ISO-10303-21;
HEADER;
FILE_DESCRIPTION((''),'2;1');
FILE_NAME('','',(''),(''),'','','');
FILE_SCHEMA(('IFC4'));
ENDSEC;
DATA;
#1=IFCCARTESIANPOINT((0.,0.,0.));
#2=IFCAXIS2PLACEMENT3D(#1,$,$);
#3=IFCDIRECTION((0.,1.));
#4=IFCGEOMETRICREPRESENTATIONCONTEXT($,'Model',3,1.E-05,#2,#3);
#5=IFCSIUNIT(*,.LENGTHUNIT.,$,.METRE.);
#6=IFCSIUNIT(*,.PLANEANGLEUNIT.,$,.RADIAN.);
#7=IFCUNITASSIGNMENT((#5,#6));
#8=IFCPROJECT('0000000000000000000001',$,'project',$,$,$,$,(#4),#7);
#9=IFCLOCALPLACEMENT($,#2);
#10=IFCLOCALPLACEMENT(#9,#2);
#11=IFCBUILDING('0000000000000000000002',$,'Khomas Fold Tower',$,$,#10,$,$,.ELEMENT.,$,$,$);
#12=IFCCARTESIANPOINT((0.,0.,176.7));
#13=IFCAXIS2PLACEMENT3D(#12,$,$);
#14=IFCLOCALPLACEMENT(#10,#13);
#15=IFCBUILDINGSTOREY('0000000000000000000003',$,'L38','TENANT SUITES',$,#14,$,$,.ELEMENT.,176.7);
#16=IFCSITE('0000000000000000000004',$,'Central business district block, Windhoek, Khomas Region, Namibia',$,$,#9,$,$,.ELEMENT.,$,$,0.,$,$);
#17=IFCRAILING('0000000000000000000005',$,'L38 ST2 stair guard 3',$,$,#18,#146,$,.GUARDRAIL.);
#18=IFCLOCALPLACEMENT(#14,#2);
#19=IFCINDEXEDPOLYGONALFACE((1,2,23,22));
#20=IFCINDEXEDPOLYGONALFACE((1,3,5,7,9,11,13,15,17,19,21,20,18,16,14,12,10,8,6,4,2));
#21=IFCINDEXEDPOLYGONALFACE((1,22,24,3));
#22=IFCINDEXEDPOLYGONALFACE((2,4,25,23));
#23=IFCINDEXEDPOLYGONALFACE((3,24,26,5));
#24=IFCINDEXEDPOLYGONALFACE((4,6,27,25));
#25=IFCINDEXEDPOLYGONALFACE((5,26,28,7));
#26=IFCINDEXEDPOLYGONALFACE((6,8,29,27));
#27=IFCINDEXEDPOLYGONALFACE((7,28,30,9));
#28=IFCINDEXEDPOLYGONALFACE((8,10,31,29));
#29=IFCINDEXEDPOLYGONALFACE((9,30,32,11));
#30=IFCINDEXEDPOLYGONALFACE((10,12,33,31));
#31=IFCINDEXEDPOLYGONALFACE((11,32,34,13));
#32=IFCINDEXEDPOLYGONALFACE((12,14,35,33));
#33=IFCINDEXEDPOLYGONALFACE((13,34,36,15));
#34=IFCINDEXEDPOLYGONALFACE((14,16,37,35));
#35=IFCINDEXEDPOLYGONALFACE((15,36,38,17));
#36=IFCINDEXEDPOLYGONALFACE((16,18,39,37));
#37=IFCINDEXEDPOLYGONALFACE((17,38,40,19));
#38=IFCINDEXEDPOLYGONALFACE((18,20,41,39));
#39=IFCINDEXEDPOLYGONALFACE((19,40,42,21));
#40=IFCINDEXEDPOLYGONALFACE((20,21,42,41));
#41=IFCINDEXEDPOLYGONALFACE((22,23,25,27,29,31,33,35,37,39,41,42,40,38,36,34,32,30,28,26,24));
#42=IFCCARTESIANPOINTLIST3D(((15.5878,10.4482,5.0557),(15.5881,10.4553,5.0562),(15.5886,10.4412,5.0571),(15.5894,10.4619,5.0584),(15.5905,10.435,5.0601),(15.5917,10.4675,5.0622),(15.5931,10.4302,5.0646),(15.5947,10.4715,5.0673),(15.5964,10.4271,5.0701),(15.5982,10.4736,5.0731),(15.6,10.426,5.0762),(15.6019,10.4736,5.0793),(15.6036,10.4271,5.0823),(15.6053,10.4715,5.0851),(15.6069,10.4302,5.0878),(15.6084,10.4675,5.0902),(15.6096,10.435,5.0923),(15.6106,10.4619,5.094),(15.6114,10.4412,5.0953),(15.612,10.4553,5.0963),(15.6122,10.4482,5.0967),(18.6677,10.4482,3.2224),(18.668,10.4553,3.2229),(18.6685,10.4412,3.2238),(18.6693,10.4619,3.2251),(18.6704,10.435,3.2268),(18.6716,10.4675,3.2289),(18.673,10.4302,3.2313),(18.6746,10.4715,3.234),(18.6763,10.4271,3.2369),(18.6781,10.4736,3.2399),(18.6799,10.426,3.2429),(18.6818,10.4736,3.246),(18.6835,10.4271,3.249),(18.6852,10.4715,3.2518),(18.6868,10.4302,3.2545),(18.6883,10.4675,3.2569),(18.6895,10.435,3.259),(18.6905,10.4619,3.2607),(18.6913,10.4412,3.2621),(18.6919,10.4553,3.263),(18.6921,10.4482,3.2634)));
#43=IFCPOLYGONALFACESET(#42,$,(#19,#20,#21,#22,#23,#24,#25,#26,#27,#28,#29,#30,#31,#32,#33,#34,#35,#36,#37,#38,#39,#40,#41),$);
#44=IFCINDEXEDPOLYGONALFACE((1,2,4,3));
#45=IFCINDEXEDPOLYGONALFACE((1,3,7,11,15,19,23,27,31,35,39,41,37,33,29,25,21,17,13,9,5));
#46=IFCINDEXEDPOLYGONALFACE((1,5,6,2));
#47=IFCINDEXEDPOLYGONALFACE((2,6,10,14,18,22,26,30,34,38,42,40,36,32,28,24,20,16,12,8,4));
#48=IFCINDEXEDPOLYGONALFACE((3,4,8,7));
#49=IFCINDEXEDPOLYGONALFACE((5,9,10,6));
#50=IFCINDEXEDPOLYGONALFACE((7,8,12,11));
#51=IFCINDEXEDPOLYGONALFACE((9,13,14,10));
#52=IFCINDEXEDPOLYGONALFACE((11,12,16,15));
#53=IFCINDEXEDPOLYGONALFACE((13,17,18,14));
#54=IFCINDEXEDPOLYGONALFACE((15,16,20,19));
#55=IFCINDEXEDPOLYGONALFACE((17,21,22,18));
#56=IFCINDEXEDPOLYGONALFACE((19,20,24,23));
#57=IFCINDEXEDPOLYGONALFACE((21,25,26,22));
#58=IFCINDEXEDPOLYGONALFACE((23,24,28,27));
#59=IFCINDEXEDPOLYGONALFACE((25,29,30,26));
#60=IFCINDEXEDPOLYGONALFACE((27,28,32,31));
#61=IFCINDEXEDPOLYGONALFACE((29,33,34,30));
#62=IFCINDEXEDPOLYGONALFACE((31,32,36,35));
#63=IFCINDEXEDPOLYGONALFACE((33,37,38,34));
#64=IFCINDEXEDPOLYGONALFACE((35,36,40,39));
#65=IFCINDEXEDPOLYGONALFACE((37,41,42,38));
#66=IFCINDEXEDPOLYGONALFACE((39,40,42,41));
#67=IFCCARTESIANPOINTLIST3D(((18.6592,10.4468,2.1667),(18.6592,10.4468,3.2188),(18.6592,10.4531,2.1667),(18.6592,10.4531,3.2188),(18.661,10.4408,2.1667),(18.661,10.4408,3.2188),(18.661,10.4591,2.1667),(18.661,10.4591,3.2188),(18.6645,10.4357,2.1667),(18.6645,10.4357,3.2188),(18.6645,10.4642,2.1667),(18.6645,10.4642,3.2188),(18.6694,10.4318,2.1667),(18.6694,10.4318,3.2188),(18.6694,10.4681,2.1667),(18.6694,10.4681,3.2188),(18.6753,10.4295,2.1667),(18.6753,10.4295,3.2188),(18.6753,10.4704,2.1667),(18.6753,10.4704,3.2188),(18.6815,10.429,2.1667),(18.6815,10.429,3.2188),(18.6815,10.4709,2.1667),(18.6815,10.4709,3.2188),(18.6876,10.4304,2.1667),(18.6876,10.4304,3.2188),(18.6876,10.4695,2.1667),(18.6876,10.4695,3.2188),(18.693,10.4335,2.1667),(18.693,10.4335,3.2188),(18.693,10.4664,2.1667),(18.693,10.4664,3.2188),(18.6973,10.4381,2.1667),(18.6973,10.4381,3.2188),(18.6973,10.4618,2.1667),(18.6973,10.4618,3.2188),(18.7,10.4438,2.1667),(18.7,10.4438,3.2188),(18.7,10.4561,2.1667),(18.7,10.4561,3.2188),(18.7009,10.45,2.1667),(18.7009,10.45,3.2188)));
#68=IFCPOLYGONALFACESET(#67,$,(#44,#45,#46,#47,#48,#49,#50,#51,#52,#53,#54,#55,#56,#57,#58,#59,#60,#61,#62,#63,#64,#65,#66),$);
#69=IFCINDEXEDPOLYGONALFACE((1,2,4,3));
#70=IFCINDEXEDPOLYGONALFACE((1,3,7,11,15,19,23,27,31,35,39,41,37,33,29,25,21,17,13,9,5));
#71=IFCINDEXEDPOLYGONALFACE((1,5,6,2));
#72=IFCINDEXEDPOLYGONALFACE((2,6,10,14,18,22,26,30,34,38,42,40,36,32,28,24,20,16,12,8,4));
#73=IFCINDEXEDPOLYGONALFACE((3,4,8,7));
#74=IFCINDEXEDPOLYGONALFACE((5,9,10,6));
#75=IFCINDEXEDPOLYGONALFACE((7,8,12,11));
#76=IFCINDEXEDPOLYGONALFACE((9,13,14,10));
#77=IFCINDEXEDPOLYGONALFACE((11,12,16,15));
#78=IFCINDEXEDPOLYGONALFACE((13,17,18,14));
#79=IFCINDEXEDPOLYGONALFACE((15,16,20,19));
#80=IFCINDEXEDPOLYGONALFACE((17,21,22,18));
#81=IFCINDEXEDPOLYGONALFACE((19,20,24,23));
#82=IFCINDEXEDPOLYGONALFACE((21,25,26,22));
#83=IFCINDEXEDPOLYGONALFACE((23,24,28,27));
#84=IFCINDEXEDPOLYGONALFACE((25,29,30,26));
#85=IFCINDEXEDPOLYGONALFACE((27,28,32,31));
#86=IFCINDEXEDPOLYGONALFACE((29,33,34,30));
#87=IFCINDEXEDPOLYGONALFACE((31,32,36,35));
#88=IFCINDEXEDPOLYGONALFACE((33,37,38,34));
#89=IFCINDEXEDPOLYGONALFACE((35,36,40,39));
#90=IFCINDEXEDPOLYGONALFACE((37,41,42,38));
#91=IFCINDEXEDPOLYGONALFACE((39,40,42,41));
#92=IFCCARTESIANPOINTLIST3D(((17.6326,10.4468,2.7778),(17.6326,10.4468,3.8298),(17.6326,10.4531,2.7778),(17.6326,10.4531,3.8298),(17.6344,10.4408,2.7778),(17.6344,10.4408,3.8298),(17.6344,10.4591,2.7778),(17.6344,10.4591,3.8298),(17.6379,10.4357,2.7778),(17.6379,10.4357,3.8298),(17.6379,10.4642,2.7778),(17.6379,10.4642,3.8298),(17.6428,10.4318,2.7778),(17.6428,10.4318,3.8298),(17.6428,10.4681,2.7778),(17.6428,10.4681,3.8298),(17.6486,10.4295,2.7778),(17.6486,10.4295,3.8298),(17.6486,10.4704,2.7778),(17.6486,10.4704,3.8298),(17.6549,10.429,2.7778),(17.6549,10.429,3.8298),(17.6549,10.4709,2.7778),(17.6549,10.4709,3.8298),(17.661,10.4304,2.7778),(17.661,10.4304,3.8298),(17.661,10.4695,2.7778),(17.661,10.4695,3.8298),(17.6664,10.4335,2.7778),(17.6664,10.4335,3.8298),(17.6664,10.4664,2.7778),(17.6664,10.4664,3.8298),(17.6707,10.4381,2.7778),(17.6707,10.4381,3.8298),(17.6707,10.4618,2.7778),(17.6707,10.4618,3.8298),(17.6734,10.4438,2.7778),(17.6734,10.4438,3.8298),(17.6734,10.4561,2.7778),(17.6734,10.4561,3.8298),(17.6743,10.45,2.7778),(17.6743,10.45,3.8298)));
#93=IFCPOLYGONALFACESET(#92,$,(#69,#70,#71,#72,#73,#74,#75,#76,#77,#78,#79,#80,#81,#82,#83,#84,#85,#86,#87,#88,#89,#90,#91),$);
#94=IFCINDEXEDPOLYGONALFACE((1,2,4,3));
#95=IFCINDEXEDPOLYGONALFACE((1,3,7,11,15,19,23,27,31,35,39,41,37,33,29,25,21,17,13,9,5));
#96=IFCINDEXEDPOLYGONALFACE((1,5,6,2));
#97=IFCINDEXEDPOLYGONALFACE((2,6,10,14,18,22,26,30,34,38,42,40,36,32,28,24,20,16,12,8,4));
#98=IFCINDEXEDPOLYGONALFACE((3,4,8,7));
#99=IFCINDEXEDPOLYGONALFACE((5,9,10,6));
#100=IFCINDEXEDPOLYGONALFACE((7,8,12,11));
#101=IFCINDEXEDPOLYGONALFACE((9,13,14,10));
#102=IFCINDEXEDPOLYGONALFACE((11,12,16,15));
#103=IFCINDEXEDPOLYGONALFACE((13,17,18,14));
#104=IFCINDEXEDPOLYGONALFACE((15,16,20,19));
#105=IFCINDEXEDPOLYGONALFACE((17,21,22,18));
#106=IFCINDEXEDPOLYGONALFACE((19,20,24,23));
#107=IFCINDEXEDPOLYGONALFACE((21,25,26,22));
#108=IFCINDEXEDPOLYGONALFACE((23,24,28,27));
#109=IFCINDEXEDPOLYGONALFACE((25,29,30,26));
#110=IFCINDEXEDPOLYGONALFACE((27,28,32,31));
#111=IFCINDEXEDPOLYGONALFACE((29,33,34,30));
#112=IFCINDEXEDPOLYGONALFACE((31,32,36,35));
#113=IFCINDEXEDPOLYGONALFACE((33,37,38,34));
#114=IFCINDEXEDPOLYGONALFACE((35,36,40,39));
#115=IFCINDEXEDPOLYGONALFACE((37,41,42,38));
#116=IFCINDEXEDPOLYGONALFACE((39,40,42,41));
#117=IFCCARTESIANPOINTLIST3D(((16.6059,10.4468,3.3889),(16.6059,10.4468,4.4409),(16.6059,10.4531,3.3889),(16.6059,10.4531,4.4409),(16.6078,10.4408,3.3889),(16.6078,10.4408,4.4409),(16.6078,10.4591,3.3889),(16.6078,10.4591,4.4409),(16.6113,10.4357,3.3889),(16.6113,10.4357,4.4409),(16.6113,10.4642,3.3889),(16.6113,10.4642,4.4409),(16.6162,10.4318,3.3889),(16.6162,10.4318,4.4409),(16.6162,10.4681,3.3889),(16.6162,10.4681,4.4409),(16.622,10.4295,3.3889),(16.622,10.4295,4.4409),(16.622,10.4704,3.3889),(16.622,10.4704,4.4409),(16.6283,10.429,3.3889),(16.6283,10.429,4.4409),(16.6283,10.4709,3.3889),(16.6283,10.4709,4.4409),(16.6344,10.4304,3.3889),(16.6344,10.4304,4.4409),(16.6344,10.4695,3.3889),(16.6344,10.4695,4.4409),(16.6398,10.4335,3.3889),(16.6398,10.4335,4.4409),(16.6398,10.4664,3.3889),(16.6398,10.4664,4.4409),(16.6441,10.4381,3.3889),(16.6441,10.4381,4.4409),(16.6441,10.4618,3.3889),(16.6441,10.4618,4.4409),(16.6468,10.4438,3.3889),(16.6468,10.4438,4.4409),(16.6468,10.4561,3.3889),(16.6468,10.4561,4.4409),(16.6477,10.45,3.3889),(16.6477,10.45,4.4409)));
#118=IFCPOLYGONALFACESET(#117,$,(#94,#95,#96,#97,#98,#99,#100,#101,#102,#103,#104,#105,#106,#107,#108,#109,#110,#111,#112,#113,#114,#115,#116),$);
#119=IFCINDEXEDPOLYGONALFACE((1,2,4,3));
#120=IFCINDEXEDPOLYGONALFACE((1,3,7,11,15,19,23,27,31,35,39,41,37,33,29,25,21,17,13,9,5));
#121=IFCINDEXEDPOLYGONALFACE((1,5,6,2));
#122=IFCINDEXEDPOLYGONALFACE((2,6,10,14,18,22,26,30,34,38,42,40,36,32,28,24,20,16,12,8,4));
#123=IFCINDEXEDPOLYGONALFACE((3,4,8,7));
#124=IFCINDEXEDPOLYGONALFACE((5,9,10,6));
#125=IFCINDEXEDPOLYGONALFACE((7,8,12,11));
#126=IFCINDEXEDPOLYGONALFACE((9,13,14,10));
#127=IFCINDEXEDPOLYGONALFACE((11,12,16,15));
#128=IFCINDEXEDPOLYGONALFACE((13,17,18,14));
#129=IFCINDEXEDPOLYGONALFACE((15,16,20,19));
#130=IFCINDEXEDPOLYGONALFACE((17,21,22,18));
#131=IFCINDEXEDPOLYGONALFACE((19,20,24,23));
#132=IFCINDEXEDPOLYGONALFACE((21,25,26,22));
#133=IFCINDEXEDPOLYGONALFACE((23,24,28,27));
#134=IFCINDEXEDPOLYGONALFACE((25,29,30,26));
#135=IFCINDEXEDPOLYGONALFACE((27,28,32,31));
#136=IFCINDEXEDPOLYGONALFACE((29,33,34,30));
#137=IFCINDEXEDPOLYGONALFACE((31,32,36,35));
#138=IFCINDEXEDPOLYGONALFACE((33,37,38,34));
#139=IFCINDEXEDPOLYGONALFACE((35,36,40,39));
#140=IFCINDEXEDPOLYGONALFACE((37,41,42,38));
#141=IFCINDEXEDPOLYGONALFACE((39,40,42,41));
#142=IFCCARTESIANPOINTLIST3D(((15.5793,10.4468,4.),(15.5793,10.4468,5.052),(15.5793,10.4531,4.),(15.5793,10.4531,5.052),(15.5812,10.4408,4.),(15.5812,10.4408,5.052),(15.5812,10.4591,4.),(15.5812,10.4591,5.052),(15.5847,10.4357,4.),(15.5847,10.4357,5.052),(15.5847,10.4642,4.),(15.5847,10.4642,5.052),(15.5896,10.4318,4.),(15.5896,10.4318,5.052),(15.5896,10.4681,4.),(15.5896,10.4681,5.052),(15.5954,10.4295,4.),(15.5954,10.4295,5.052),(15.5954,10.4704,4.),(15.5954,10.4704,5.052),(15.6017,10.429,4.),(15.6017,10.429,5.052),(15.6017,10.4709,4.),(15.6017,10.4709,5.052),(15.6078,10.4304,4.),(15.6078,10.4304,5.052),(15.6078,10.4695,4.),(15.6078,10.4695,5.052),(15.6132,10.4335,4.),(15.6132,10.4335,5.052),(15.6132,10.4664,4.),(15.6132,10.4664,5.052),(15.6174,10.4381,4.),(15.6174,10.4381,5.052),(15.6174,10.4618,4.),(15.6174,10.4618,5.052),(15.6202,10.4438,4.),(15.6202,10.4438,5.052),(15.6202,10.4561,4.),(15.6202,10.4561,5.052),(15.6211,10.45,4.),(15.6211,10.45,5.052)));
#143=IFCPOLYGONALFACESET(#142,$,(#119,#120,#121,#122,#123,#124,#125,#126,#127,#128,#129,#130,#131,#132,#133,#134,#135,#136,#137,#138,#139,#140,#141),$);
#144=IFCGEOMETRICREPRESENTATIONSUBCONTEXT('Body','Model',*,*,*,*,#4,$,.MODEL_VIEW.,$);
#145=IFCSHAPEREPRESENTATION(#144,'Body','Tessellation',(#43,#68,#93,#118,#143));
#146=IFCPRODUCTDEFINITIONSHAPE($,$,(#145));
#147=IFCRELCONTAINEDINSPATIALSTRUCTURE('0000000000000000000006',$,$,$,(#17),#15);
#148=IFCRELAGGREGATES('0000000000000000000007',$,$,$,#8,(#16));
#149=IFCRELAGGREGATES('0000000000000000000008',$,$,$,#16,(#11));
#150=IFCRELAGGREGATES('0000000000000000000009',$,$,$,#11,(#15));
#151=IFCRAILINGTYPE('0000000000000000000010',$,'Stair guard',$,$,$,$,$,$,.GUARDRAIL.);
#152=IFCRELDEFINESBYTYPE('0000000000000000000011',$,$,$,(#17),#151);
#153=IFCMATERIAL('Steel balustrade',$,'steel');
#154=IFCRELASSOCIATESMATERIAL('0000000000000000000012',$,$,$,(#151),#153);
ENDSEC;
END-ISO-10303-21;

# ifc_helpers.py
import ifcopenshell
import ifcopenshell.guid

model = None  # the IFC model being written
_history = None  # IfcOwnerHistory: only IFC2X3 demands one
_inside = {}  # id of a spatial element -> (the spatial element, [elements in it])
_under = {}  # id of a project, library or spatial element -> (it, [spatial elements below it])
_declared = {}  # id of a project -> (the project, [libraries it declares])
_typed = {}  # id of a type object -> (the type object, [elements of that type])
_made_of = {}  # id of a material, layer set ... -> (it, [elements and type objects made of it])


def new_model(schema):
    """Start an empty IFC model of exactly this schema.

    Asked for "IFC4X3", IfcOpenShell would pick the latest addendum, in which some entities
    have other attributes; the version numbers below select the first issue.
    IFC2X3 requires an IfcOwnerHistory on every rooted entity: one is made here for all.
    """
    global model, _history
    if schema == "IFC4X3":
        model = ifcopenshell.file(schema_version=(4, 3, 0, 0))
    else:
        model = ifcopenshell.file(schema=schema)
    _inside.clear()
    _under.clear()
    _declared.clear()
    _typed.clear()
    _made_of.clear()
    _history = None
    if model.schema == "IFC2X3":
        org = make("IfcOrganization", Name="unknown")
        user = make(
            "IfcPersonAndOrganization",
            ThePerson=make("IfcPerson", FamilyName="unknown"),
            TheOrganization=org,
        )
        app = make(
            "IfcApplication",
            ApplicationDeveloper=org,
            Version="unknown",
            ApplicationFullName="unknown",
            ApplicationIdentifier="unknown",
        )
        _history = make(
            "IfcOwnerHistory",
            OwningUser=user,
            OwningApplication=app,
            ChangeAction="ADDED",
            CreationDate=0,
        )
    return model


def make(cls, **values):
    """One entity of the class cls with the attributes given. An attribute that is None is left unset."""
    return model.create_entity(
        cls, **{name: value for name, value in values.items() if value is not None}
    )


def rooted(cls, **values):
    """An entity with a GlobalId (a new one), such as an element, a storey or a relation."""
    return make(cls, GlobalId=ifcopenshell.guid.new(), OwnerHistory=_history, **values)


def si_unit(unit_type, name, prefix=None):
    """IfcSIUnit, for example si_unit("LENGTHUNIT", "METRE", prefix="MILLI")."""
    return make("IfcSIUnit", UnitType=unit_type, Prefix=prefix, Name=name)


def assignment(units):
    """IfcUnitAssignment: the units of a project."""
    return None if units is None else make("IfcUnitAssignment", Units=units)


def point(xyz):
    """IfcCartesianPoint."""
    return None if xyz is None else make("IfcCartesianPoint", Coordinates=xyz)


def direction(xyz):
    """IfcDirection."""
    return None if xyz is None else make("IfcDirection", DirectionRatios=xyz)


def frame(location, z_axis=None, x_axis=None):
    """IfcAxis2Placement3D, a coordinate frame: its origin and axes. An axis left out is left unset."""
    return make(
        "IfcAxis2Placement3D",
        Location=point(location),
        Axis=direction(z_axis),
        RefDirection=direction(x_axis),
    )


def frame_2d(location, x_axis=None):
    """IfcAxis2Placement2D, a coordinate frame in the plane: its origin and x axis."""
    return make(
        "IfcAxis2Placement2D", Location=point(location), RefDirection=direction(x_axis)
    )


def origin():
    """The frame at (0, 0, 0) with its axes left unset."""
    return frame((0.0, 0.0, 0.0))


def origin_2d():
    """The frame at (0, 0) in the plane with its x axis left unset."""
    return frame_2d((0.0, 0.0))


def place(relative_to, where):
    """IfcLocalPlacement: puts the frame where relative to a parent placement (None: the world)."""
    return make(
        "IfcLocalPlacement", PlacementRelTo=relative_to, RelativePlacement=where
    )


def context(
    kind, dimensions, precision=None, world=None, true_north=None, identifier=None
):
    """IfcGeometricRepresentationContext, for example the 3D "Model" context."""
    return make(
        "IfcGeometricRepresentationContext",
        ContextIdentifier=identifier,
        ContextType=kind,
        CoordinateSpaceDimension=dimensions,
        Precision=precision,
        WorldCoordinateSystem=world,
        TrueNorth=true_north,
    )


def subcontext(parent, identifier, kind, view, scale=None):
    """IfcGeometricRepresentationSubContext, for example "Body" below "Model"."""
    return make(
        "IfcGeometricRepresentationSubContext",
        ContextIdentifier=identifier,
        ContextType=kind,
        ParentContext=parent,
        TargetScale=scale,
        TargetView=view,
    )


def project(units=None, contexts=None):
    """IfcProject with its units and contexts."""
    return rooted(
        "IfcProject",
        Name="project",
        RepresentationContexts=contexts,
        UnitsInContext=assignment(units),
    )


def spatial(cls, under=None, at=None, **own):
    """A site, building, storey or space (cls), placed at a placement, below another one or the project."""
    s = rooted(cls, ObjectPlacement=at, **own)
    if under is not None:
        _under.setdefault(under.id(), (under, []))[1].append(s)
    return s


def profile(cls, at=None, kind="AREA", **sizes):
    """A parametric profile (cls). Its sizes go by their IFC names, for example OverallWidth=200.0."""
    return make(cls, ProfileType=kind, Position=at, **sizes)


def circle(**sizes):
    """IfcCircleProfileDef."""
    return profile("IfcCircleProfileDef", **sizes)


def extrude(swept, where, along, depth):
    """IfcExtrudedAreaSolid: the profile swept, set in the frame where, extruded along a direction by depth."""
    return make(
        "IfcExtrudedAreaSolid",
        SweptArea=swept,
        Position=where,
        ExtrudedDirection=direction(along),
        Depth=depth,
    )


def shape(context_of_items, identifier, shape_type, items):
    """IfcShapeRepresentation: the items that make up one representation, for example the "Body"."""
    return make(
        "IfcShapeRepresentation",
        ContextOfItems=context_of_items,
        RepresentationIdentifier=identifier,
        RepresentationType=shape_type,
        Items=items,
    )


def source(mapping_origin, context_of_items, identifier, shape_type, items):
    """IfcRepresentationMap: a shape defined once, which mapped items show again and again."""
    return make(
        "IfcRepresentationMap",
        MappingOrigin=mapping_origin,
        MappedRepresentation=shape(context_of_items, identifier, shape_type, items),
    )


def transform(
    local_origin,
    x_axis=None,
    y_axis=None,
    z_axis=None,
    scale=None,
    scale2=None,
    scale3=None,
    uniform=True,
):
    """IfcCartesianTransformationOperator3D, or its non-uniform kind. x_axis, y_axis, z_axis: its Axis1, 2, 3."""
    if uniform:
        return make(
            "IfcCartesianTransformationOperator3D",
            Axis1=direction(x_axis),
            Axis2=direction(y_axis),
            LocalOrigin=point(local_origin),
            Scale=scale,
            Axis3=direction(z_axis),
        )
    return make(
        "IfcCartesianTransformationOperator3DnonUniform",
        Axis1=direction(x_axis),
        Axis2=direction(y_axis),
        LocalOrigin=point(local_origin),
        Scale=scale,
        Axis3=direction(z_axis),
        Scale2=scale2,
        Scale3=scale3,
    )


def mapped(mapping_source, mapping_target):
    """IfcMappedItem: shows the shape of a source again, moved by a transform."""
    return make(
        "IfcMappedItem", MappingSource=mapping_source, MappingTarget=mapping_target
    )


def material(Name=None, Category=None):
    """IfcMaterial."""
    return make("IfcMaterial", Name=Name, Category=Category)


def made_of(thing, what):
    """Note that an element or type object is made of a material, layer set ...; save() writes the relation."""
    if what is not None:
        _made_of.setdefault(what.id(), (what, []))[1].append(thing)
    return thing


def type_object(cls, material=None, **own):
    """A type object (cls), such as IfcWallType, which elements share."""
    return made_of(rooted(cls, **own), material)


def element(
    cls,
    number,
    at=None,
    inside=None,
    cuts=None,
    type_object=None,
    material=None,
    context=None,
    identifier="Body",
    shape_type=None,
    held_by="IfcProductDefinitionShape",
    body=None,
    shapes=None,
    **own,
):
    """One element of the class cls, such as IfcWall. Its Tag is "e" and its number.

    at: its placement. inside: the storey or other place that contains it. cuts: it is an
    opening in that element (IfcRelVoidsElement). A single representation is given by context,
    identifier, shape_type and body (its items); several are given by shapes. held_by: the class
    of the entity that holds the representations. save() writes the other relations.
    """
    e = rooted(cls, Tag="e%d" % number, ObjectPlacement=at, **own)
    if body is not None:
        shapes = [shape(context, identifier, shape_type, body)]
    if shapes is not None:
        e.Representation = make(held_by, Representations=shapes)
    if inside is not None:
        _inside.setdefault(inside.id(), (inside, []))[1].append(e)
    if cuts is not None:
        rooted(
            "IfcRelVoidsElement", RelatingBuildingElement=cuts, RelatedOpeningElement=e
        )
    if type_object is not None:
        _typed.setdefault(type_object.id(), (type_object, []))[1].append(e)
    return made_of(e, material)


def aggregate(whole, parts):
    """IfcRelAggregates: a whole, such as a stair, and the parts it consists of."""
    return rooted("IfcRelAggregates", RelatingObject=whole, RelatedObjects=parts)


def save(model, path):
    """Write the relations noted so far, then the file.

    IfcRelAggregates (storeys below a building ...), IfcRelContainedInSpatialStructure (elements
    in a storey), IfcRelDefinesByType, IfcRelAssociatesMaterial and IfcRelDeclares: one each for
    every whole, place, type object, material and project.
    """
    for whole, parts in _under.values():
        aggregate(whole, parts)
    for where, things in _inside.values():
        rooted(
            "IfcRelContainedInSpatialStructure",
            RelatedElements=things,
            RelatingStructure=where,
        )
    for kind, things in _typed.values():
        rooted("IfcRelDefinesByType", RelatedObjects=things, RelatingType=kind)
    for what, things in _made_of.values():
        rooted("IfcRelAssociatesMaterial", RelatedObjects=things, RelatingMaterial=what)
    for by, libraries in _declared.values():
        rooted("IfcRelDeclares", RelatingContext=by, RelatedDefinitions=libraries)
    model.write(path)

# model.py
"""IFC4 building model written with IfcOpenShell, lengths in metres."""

from ifc_helpers import new_model, si_unit, direction, frame, origin, origin_2d, place, context, subcontext, project, spatial, circle, extrude, source, transform, mapped, material, type_object, element, save


model = new_model("IFC4")

# Units and contexts
model_context = context("Model", 3, precision=1e-05, world=origin(), true_north=direction((0.0, 1.0)))
body_context = subcontext(model_context, "Body", "Model", "MODEL_VIEW")
ifc_project = project(units=[si_unit("LENGTHUNIT", "METRE"), si_unit("PLANEANGLEUNIT", "RADIAN")], contexts=[model_context])

# Site, building, storey
site_placement = place(None, origin())
site = spatial("IfcSite", under=ifc_project, at=site_placement, Name="Central business district block, Windhoek, Khomas Region, Namibia", CompositionType="ELEMENT", RefElevation=0.0)
building_placement = place(site_placement, origin())
building = spatial("IfcBuilding", under=site, at=building_placement, Name="Khomas Fold Tower", CompositionType="ELEMENT")
storey_placement = place(building_placement, frame((0.0, 0.0, 176.7)))
storey = spatial("IfcBuildingStorey", under=building, at=storey_placement, Name="L38", Description="TENANT SUITES", CompositionType="ELEMENT", Elevation=176.7)

# Railing
ifc_material_1 = material(Name="Steel balustrade", Category="steel")
railing_type_1 = type_object("IfcRailingType", Name="Stair guard", PredefinedType="GUARDRAIL", material=ifc_material_1)
shared_shape_1 = source(origin(), body_context, "Body", "SweptSolid", [
    extrude(circle(Radius=0.0239, at=origin_2d()), frame((0.0, 0.0, 1.0762), z_axis=(-0.859291, 0.0, 0.511487), x_axis=(0.0, -1.0, 0.0)), (0.0, 0.0, 1.0), 3.5842),
    extrude(circle(Radius=0.021, at=origin_2d()), origin(), (0.0, 0.0, 1.0), 1.052),
    extrude(circle(Radius=0.021, at=origin_2d()), frame((-1.0266, 0.0, 0.6111)), (0.0, 0.0, 1.0), 1.052),
    extrude(circle(Radius=0.021, at=origin_2d()), frame((-2.0532, 0.0, 1.2222)), (0.0, 0.0, 1.0), 1.052),
    extrude(circle(Radius=0.021, at=origin_2d()), frame((-3.0798, 0.0, 1.8333)), (0.0, 0.0, 1.0), 1.052),
])
railing_1_placement = place(storey_placement, frame((18.6799, 10.45, 2.1667)))
element("IfcRailing", 1, at=railing_1_placement, inside=storey, type_object=railing_type_1, Name="L38 ST2 stair guard 3", PredefinedType="GUARDRAIL", context=body_context, shape_type="MappedRepresentation", body=[
    mapped(shared_shape_1, transform((0.0, 0.0, 0.0))),
])

save(model, "model.ifc")
